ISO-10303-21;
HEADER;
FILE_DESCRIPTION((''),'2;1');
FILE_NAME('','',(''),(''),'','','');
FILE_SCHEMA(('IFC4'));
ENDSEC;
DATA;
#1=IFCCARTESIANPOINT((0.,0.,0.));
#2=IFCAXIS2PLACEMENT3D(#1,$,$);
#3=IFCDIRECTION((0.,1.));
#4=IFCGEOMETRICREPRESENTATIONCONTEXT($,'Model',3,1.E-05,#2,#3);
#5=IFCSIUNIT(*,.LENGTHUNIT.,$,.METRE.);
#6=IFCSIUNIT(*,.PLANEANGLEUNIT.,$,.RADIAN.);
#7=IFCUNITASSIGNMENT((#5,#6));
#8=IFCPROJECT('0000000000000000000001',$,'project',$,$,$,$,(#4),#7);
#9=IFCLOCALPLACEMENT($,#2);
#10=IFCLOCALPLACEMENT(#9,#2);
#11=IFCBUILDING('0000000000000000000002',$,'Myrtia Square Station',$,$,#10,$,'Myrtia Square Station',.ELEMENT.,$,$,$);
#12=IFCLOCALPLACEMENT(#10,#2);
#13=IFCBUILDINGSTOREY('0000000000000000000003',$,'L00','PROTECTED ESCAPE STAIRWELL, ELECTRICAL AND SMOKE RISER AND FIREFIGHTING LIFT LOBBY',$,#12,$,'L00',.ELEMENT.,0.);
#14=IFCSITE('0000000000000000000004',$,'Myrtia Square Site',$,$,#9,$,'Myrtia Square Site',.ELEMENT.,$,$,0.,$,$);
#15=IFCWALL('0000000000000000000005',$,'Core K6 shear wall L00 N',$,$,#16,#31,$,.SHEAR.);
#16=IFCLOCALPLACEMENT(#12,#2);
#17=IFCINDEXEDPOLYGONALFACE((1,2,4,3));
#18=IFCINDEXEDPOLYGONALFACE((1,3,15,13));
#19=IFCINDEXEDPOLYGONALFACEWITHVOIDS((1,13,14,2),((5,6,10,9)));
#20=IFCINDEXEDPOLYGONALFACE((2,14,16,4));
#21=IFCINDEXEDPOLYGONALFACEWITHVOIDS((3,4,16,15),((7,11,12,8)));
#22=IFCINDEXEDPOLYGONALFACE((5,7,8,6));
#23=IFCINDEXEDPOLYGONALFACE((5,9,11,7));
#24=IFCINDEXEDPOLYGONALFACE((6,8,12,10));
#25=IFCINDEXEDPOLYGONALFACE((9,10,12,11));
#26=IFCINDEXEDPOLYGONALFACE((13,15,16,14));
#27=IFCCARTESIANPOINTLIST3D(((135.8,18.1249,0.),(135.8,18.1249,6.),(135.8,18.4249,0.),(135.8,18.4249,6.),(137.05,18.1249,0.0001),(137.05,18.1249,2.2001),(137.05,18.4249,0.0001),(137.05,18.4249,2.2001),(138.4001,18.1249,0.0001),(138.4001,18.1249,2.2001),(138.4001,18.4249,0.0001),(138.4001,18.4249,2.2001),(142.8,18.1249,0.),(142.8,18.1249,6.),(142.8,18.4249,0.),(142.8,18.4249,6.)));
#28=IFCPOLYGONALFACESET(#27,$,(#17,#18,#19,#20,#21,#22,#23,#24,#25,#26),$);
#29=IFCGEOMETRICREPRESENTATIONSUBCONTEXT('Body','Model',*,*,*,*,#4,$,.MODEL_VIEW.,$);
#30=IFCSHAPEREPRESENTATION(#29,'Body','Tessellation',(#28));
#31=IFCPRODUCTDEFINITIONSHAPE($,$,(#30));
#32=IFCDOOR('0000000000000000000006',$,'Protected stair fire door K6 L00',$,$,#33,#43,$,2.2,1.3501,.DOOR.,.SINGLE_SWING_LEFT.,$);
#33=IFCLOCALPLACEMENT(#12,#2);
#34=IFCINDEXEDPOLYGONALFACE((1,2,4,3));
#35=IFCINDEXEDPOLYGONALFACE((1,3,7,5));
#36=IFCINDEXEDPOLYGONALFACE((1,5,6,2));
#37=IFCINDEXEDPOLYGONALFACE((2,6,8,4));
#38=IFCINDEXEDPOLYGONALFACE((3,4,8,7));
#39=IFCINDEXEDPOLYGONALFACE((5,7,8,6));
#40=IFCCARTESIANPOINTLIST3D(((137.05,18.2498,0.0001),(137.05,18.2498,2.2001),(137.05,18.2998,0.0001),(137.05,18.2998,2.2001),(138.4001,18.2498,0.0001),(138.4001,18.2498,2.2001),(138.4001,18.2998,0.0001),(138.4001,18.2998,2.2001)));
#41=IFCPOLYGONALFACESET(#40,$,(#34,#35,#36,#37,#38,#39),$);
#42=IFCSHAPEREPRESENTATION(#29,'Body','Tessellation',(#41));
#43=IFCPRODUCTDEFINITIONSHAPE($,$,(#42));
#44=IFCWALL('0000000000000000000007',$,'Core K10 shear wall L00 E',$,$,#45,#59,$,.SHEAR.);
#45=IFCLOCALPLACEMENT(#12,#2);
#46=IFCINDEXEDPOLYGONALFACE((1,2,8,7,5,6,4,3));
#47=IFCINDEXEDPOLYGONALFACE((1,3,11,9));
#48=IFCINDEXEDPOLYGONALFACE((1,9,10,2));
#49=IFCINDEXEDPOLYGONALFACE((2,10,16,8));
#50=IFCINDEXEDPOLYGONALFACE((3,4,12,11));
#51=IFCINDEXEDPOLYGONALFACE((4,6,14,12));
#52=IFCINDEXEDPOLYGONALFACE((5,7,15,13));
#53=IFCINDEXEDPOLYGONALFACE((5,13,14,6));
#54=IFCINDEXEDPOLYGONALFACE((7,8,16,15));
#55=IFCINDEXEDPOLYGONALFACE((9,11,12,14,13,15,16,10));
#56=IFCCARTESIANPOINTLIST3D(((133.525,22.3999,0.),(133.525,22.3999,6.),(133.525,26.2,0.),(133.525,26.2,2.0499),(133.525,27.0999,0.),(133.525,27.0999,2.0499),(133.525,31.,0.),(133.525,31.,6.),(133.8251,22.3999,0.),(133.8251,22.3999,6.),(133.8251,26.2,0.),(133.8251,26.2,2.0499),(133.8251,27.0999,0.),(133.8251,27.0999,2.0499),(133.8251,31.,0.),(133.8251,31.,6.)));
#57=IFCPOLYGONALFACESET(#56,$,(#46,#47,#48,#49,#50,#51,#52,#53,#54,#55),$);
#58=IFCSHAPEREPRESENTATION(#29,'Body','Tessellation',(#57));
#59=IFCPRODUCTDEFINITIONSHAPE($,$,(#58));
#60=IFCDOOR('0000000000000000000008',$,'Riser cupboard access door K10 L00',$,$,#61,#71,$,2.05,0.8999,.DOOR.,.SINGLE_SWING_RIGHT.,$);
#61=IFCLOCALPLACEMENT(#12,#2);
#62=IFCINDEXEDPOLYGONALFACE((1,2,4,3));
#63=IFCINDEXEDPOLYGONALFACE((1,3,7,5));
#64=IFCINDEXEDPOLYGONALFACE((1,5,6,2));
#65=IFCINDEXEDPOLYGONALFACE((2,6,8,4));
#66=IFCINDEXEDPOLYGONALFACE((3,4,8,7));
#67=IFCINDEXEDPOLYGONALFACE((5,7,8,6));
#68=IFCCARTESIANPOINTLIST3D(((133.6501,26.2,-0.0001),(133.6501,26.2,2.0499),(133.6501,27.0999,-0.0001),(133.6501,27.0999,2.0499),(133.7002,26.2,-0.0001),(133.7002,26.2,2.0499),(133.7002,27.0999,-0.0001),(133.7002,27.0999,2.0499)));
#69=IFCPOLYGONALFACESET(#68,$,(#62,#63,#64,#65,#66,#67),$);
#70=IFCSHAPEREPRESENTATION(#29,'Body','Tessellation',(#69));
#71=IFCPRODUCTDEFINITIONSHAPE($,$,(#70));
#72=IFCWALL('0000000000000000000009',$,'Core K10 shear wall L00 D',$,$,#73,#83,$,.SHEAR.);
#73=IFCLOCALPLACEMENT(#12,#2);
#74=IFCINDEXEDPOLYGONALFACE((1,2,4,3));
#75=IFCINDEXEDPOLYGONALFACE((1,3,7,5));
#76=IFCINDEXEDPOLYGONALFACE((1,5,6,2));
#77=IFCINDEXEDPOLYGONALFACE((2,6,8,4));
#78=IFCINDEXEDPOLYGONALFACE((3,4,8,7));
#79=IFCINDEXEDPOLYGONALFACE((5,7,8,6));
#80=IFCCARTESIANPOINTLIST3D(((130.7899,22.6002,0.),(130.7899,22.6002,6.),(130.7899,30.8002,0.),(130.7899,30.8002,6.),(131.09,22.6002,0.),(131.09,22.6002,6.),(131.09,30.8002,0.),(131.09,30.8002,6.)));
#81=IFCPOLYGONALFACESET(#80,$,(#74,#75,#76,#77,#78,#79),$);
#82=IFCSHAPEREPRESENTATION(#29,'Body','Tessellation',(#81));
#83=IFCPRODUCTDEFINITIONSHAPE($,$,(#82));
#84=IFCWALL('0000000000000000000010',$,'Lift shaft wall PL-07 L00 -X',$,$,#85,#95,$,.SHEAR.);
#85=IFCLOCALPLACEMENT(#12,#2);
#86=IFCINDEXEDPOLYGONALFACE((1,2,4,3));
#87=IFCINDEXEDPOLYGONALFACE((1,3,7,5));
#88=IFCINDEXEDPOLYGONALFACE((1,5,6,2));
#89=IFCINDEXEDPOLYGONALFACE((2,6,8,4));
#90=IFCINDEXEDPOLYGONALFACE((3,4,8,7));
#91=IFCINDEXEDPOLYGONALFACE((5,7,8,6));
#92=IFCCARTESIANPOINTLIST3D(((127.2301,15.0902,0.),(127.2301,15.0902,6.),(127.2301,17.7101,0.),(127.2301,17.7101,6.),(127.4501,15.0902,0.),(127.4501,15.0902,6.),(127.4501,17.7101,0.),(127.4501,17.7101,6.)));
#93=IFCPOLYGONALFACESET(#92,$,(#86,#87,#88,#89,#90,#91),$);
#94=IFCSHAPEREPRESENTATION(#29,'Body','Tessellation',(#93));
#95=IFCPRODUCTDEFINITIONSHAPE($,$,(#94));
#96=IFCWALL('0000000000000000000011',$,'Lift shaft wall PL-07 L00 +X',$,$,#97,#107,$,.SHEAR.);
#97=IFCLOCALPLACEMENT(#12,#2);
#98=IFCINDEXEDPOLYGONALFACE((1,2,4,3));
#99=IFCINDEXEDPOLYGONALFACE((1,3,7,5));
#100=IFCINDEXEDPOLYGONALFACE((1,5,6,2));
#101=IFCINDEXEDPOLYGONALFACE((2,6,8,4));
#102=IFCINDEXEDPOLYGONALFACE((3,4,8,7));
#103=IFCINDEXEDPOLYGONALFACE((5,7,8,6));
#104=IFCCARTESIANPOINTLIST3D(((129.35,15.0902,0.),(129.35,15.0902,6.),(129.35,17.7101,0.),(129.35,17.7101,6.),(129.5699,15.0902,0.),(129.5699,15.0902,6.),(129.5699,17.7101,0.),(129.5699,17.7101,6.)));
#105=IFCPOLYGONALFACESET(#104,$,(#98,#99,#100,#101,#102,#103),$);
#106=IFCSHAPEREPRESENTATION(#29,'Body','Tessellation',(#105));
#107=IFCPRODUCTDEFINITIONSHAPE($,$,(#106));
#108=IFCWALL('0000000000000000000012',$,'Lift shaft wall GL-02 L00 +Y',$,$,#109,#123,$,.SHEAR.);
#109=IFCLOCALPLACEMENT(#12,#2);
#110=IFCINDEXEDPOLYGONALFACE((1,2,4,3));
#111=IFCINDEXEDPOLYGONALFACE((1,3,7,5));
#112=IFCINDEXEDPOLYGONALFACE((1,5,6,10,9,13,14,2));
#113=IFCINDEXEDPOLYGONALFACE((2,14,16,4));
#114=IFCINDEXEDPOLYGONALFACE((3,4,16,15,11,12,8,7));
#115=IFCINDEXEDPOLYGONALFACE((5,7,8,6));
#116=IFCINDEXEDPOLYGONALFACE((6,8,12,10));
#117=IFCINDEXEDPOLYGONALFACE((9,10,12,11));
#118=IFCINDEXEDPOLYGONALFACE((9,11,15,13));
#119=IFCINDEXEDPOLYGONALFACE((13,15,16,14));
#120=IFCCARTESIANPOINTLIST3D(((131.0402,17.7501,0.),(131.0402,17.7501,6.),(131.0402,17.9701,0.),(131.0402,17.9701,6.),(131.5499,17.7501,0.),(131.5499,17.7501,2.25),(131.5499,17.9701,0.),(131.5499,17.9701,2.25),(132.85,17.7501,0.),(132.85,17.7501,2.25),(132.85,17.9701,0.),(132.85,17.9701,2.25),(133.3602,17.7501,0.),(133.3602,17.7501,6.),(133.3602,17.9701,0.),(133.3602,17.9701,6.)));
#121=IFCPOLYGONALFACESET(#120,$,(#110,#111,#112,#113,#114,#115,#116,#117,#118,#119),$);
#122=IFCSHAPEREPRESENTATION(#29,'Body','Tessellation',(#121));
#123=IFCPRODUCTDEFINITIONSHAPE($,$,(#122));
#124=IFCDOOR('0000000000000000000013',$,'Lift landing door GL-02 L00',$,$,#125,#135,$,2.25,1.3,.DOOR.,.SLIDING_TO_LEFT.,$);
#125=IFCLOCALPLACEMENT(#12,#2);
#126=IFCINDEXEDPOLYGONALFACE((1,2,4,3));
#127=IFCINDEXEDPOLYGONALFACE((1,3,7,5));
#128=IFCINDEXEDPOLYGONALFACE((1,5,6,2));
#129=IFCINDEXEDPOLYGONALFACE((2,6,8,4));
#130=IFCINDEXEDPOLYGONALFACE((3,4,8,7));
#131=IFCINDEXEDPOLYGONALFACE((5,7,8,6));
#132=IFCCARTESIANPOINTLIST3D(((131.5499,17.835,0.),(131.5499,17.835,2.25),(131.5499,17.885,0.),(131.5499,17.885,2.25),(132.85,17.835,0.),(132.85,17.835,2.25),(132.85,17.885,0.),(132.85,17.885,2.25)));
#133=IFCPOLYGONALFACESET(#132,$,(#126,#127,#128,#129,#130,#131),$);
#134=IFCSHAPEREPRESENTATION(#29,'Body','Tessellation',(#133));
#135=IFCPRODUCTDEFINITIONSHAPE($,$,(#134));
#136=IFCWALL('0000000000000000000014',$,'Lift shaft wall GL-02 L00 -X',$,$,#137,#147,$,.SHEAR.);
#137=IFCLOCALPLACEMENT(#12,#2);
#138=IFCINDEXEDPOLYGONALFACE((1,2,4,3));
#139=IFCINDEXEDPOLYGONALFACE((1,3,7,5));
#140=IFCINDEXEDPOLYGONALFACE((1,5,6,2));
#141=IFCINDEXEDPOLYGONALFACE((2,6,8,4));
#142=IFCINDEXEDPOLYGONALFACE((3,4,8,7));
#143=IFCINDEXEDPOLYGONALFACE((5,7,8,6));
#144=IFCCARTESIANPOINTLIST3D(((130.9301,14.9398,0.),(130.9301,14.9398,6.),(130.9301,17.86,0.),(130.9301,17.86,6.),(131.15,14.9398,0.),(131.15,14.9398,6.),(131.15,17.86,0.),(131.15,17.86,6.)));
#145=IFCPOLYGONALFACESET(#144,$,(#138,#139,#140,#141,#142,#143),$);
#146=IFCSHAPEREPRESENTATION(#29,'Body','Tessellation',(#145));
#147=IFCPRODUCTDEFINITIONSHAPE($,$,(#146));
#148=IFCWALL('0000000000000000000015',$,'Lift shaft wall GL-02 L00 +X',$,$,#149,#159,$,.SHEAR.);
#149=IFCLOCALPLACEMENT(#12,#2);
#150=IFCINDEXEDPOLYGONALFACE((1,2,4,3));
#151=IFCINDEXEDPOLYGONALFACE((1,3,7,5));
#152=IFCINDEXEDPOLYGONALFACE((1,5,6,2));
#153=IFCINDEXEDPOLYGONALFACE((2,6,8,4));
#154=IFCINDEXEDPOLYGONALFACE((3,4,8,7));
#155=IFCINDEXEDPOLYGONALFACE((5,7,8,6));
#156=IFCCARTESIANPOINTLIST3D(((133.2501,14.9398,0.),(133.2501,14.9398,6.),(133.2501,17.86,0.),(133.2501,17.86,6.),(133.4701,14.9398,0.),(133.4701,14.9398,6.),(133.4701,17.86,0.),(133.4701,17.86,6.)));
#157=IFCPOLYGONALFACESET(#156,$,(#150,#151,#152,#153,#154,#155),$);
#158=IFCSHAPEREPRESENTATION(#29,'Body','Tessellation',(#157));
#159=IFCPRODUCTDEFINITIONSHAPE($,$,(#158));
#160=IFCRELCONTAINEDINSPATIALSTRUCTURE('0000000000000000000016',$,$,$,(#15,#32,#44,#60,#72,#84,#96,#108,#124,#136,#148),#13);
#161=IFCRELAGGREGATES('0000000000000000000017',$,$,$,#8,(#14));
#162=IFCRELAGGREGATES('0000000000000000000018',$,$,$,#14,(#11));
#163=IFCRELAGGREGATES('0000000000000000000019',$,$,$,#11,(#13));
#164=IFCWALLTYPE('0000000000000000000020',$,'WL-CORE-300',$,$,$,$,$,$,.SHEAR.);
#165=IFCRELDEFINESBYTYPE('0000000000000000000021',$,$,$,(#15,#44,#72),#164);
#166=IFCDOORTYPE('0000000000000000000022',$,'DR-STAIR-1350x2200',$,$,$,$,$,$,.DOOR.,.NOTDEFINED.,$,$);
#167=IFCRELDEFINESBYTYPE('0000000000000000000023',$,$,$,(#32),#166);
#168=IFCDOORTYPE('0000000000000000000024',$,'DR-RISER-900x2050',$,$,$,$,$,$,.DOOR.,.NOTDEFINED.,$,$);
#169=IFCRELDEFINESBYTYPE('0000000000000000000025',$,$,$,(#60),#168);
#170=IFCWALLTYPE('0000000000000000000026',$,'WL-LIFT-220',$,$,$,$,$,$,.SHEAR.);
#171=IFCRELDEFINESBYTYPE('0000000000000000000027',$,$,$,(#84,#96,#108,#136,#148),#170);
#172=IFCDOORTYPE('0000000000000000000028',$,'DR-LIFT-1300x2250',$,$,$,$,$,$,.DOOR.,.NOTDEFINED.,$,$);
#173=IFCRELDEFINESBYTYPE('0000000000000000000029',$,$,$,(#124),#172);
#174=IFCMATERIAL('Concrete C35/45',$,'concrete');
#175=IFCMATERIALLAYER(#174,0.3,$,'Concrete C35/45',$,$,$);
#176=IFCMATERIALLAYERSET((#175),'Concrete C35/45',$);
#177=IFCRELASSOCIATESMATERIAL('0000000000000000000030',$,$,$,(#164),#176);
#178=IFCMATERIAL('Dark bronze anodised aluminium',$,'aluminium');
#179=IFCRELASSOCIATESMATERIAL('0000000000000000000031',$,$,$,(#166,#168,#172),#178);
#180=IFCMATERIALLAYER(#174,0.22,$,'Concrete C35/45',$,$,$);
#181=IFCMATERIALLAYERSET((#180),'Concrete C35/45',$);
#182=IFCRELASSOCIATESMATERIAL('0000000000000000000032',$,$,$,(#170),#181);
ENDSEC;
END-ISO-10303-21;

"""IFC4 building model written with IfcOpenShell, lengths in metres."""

from ifc_helpers import new_model, si_unit, direction, frame, frame_2d, origin, place, context, subcontext, project, spatial, rectangle, extrude, material, layer, layer_set, type_object, element, fill, save


model = new_model("IFC4")

# Units and contexts
model_context = context("Model", 3, precision=1e-05, world=origin(), true_north=direction((0.0, 1.0)))
body_context = subcontext(model_context, "Body", "Model", "MODEL_VIEW")
ifc_project = project(units=[si_unit("LENGTHUNIT", "METRE"), si_unit("PLANEANGLEUNIT", "RADIAN")], contexts=[model_context])

# Site, building, storey
site_placement = place(None, origin())
site = spatial("IfcSite", under=ifc_project, at=site_placement, Name="Myrtia Square Site", LongName="Myrtia Square Site", CompositionType="ELEMENT", RefElevation=0.0)
building_placement = place(site_placement, origin())
building = spatial("IfcBuilding", under=site, at=building_placement, Name="Myrtia Square Station", LongName="Myrtia Square Station", CompositionType="ELEMENT")
storey_placement = place(building_placement, origin())
storey = spatial("IfcBuildingStorey", under=building, at=storey_placement, Name="L00", Description="PROTECTED ESCAPE STAIRWELL, ELECTRICAL AND SMOKE RISER AND FIREFIGHTING LIFT LOBBY", LongName="L00", CompositionType="ELEMENT", Elevation=0.0)

# Shared definitions
ifc_material_1 = material(Name="Concrete C35/45", Category="concrete")
ifc_layer_1 = layer(ifc_material_1, 0.3, Name="Concrete C35/45")
ifc_layer_set_1 = layer_set([ifc_layer_1], Name="Concrete C35/45")
wall_type_1 = type_object("IfcWallType", Name="WL-CORE-300", PredefinedType="SHEAR", material=ifc_layer_set_1)

# Walls, openings, doors
wall_1_placement = place(storey_placement, frame((135.8, 18.2749, 0.0), z_axis=(0.0, 0.0, 1.0), x_axis=(1.0, 0.0, 0.0)))
wall_1 = element("IfcWall", 1, at=wall_1_placement, inside=storey, type_object=wall_type_1, Name="Core K6 shear wall L00 N", PredefinedType="SHEAR", context=body_context, shape_type="SweptSolid", body=[
    extrude(rectangle(XDim=7.0, YDim=0.3, at=frame_2d((3.5, 0.0))), origin(), (0.0, 0.0, 1.0), 6.0),
])
opening_1_placement = place(wall_1_placement, frame((1.25, 0.0, 0.0)))
opening_1 = element("IfcOpeningElement", 2, at=opening_1_placement, cuts=wall_1, PredefinedType="OPENING", context=body_context, shape_type="SweptSolid", body=[
    extrude(rectangle(XDim=1.3501, YDim=2.2, at=frame_2d((0.675, 1.1001))), frame((0.0, 0.165, 0.0), z_axis=(0.0, -1.0, 0.0), x_axis=(1.0, 0.0, 0.0)), (0.0, 0.0, 1.0), 0.3301),
])
ifc_material_2 = material(Name="Dark bronze anodised aluminium", Category="aluminium")
door_type_1 = type_object("IfcDoorType", Name="DR-STAIR-1350x2200", OperationType="NOTDEFINED", PredefinedType="DOOR", material=ifc_material_2)
door_1_placement = place(opening_1_placement, origin())
door_1 = element("IfcDoor", 3, at=door_1_placement, inside=storey, type_object=door_type_1, Name="Protected stair fire door K6 L00", OperationType="SINGLE_SWING_LEFT", OverallHeight=2.2, OverallWidth=1.3501, PredefinedType="DOOR", context=body_context, shape_type="SweptSolid", body=[
    extrude(rectangle(XDim=1.3501, YDim=2.2, at=frame_2d((0.675, 1.1001))), frame((0.0, 0.0249, 0.0), z_axis=(0.0, -1.0, 0.0), x_axis=(1.0, 0.0, 0.0)), (0.0, 0.0, 1.0), 0.05),
])
fill(opening_1, door_1)
wall_2_placement = place(storey_placement, frame((133.675, 22.3999, 0.0), z_axis=(0.0, 0.0, 1.0), x_axis=(0.0, 1.0, 0.0)))
wall_2 = element("IfcWall", 4, at=wall_2_placement, inside=storey, type_object=wall_type_1, Name="Core K10 shear wall L00 E", PredefinedType="SHEAR", context=body_context, shape_type="SweptSolid", body=[
    extrude(rectangle(XDim=8.6001, YDim=0.3, at=frame_2d((4.3, 0.0))), origin(), (0.0, 0.0, 1.0), 6.0),
])
opening_2_placement = place(wall_2_placement, frame((3.8, 0.0, 0.0)))
opening_2 = element("IfcOpeningElement", 5, at=opening_2_placement, cuts=wall_2, PredefinedType="OPENING", context=body_context, shape_type="SweptSolid", body=[
    extrude(rectangle(XDim=0.8999, YDim=2.05, at=frame_2d((0.45, 1.0249))), frame((0.0, 0.165, 0.0), z_axis=(0.0, -1.0, 0.0), x_axis=(1.0, 0.0, 0.0)), (0.0, 0.0, 1.0), 0.3301),
])
door_type_2 = type_object("IfcDoorType", Name="DR-RISER-900x2050", OperationType="NOTDEFINED", PredefinedType="DOOR", material=ifc_material_2)
door_2_placement = place(opening_2_placement, origin())
door_2 = element("IfcDoor", 6, at=door_2_placement, inside=storey, type_object=door_type_2, Name="Riser cupboard access door K10 L00", OperationType="SINGLE_SWING_RIGHT", OverallHeight=2.05, OverallWidth=0.8999, PredefinedType="DOOR", context=body_context, shape_type="SweptSolid", body=[
    extrude(rectangle(XDim=0.8999, YDim=2.05, at=frame_2d((0.45, 1.0249))), frame((0.0, 0.0249, 0.0), z_axis=(0.0, -1.0, 0.0), x_axis=(1.0, 0.0, 0.0)), (0.0, 0.0, 1.0), 0.05),
])
fill(opening_2, door_2)

# Wall
wall_3_placement = place(storey_placement, frame((130.9399, 22.6001, 0.0), z_axis=(0.0, 0.0, 1.0), x_axis=(0.0, 1.0, 0.0)))
element("IfcWall", 7, at=wall_3_placement, inside=storey, type_object=wall_type_1, Name="Core K10 shear wall L00 D", PredefinedType="SHEAR", context=body_context, shape_type="SweptSolid", body=[
    extrude(rectangle(XDim=8.2, YDim=0.3, at=frame_2d((4.1001, 0.0))), origin(), (0.0, 0.0, 1.0), 6.0),
])

# Shared definitions
ifc_layer_2 = layer(ifc_material_1, 0.22, Name="Concrete C35/45")
ifc_layer_set_2 = layer_set([ifc_layer_2], Name="Concrete C35/45")
wall_type_2 = type_object("IfcWallType", Name="WL-LIFT-220", PredefinedType="SHEAR", material=ifc_layer_set_2)

# Walls
for number, where, z_axis, x_axis, name in (
    (8, (127.3401, 15.0901, 0.0), (0.0, 0.0, 1.0), (0.0, 1.0, 0.0), "Lift shaft wall PL-07 L00 -X"),
    (9, (129.46, 15.0901, 0.0), (0.0, 0.0, 1.0), (0.0, 1.0, 0.0), "Lift shaft wall PL-07 L00 +X"),
):
    element("IfcWall", number, at=place(storey_placement, frame(where, z_axis=z_axis, x_axis=x_axis)), inside=storey, type_object=wall_type_2, Name=name, PredefinedType="SHEAR", context=body_context, shape_type="SweptSolid", body=[
        extrude(rectangle(XDim=2.6199, YDim=0.22, at=frame_2d((1.3101, 0.0))), origin(), (0.0, 0.0, 1.0), 6.0),
    ])

# Wall, opening, door
wall_4_placement = place(storey_placement, frame((131.04, 17.8601, 0.0), z_axis=(0.0, 0.0, 1.0), x_axis=(1.0, 0.0, 0.0)))
wall_4 = element("IfcWall", 10, at=wall_4_placement, inside=storey, type_object=wall_type_2, Name="Lift shaft wall GL-02 L00 +Y", PredefinedType="SHEAR", context=body_context, shape_type="SweptSolid", body=[
    extrude(rectangle(XDim=2.3201, YDim=0.22, at=frame_2d((1.1602, 0.0))), origin(), (0.0, 0.0, 1.0), 6.0),
])
opening_3_placement = place(wall_4_placement, frame((0.51, 0.0, 0.0)))
opening_3 = element("IfcOpeningElement", 11, at=opening_3_placement, cuts=wall_4, PredefinedType="OPENING", context=body_context, shape_type="SweptSolid", body=[
    extrude(rectangle(XDim=1.3, YDim=2.25, at=frame_2d((0.6499, 1.125))), frame((0.0, 0.125, 0.0), z_axis=(0.0, -1.0, 0.0), x_axis=(1.0, 0.0, 0.0)), (0.0, 0.0, 1.0), 0.25),
])
door_type_3 = type_object("IfcDoorType", Name="DR-LIFT-1300x2250", OperationType="NOTDEFINED", PredefinedType="DOOR", material=ifc_material_2)
door_3_placement = place(opening_3_placement, origin())
door_3 = element("IfcDoor", 12, at=door_3_placement, inside=storey, type_object=door_type_3, Name="Lift landing door GL-02 L00", OperationType="SLIDING_TO_LEFT", OverallHeight=2.25, OverallWidth=1.3, PredefinedType="DOOR", context=body_context, shape_type="SweptSolid", body=[
    extrude(rectangle(XDim=1.3, YDim=2.25, at=frame_2d((0.6499, 1.125))), frame((0.0, 0.0249, 0.0), z_axis=(0.0, -1.0, 0.0), x_axis=(1.0, 0.0, 0.0)), (0.0, 0.0, 1.0), 0.05),
])
fill(opening_3, door_3)

# Walls
for number, where, z_axis, x_axis, name in (
    (13, (131.04, 14.9399, 0.0), (0.0, 0.0, 1.0), (0.0, 1.0, 0.0), "Lift shaft wall GL-02 L00 -X"),
    (14, (133.3601, 14.9399, 0.0), (0.0, 0.0, 1.0), (0.0, 1.0, 0.0), "Lift shaft wall GL-02 L00 +X"),
):
    element("IfcWall", number, at=place(storey_placement, frame(where, z_axis=z_axis, x_axis=x_axis)), inside=storey, type_object=wall_type_2, Name=name, PredefinedType="SHEAR", context=body_context, shape_type="SweptSolid", body=[
        extrude(rectangle(XDim=2.9202, YDim=0.22, at=frame_2d((1.46, 0.0))), origin(), (0.0, 0.0, 1.0), 6.0),
    ])

save(model, "model.ifc")
